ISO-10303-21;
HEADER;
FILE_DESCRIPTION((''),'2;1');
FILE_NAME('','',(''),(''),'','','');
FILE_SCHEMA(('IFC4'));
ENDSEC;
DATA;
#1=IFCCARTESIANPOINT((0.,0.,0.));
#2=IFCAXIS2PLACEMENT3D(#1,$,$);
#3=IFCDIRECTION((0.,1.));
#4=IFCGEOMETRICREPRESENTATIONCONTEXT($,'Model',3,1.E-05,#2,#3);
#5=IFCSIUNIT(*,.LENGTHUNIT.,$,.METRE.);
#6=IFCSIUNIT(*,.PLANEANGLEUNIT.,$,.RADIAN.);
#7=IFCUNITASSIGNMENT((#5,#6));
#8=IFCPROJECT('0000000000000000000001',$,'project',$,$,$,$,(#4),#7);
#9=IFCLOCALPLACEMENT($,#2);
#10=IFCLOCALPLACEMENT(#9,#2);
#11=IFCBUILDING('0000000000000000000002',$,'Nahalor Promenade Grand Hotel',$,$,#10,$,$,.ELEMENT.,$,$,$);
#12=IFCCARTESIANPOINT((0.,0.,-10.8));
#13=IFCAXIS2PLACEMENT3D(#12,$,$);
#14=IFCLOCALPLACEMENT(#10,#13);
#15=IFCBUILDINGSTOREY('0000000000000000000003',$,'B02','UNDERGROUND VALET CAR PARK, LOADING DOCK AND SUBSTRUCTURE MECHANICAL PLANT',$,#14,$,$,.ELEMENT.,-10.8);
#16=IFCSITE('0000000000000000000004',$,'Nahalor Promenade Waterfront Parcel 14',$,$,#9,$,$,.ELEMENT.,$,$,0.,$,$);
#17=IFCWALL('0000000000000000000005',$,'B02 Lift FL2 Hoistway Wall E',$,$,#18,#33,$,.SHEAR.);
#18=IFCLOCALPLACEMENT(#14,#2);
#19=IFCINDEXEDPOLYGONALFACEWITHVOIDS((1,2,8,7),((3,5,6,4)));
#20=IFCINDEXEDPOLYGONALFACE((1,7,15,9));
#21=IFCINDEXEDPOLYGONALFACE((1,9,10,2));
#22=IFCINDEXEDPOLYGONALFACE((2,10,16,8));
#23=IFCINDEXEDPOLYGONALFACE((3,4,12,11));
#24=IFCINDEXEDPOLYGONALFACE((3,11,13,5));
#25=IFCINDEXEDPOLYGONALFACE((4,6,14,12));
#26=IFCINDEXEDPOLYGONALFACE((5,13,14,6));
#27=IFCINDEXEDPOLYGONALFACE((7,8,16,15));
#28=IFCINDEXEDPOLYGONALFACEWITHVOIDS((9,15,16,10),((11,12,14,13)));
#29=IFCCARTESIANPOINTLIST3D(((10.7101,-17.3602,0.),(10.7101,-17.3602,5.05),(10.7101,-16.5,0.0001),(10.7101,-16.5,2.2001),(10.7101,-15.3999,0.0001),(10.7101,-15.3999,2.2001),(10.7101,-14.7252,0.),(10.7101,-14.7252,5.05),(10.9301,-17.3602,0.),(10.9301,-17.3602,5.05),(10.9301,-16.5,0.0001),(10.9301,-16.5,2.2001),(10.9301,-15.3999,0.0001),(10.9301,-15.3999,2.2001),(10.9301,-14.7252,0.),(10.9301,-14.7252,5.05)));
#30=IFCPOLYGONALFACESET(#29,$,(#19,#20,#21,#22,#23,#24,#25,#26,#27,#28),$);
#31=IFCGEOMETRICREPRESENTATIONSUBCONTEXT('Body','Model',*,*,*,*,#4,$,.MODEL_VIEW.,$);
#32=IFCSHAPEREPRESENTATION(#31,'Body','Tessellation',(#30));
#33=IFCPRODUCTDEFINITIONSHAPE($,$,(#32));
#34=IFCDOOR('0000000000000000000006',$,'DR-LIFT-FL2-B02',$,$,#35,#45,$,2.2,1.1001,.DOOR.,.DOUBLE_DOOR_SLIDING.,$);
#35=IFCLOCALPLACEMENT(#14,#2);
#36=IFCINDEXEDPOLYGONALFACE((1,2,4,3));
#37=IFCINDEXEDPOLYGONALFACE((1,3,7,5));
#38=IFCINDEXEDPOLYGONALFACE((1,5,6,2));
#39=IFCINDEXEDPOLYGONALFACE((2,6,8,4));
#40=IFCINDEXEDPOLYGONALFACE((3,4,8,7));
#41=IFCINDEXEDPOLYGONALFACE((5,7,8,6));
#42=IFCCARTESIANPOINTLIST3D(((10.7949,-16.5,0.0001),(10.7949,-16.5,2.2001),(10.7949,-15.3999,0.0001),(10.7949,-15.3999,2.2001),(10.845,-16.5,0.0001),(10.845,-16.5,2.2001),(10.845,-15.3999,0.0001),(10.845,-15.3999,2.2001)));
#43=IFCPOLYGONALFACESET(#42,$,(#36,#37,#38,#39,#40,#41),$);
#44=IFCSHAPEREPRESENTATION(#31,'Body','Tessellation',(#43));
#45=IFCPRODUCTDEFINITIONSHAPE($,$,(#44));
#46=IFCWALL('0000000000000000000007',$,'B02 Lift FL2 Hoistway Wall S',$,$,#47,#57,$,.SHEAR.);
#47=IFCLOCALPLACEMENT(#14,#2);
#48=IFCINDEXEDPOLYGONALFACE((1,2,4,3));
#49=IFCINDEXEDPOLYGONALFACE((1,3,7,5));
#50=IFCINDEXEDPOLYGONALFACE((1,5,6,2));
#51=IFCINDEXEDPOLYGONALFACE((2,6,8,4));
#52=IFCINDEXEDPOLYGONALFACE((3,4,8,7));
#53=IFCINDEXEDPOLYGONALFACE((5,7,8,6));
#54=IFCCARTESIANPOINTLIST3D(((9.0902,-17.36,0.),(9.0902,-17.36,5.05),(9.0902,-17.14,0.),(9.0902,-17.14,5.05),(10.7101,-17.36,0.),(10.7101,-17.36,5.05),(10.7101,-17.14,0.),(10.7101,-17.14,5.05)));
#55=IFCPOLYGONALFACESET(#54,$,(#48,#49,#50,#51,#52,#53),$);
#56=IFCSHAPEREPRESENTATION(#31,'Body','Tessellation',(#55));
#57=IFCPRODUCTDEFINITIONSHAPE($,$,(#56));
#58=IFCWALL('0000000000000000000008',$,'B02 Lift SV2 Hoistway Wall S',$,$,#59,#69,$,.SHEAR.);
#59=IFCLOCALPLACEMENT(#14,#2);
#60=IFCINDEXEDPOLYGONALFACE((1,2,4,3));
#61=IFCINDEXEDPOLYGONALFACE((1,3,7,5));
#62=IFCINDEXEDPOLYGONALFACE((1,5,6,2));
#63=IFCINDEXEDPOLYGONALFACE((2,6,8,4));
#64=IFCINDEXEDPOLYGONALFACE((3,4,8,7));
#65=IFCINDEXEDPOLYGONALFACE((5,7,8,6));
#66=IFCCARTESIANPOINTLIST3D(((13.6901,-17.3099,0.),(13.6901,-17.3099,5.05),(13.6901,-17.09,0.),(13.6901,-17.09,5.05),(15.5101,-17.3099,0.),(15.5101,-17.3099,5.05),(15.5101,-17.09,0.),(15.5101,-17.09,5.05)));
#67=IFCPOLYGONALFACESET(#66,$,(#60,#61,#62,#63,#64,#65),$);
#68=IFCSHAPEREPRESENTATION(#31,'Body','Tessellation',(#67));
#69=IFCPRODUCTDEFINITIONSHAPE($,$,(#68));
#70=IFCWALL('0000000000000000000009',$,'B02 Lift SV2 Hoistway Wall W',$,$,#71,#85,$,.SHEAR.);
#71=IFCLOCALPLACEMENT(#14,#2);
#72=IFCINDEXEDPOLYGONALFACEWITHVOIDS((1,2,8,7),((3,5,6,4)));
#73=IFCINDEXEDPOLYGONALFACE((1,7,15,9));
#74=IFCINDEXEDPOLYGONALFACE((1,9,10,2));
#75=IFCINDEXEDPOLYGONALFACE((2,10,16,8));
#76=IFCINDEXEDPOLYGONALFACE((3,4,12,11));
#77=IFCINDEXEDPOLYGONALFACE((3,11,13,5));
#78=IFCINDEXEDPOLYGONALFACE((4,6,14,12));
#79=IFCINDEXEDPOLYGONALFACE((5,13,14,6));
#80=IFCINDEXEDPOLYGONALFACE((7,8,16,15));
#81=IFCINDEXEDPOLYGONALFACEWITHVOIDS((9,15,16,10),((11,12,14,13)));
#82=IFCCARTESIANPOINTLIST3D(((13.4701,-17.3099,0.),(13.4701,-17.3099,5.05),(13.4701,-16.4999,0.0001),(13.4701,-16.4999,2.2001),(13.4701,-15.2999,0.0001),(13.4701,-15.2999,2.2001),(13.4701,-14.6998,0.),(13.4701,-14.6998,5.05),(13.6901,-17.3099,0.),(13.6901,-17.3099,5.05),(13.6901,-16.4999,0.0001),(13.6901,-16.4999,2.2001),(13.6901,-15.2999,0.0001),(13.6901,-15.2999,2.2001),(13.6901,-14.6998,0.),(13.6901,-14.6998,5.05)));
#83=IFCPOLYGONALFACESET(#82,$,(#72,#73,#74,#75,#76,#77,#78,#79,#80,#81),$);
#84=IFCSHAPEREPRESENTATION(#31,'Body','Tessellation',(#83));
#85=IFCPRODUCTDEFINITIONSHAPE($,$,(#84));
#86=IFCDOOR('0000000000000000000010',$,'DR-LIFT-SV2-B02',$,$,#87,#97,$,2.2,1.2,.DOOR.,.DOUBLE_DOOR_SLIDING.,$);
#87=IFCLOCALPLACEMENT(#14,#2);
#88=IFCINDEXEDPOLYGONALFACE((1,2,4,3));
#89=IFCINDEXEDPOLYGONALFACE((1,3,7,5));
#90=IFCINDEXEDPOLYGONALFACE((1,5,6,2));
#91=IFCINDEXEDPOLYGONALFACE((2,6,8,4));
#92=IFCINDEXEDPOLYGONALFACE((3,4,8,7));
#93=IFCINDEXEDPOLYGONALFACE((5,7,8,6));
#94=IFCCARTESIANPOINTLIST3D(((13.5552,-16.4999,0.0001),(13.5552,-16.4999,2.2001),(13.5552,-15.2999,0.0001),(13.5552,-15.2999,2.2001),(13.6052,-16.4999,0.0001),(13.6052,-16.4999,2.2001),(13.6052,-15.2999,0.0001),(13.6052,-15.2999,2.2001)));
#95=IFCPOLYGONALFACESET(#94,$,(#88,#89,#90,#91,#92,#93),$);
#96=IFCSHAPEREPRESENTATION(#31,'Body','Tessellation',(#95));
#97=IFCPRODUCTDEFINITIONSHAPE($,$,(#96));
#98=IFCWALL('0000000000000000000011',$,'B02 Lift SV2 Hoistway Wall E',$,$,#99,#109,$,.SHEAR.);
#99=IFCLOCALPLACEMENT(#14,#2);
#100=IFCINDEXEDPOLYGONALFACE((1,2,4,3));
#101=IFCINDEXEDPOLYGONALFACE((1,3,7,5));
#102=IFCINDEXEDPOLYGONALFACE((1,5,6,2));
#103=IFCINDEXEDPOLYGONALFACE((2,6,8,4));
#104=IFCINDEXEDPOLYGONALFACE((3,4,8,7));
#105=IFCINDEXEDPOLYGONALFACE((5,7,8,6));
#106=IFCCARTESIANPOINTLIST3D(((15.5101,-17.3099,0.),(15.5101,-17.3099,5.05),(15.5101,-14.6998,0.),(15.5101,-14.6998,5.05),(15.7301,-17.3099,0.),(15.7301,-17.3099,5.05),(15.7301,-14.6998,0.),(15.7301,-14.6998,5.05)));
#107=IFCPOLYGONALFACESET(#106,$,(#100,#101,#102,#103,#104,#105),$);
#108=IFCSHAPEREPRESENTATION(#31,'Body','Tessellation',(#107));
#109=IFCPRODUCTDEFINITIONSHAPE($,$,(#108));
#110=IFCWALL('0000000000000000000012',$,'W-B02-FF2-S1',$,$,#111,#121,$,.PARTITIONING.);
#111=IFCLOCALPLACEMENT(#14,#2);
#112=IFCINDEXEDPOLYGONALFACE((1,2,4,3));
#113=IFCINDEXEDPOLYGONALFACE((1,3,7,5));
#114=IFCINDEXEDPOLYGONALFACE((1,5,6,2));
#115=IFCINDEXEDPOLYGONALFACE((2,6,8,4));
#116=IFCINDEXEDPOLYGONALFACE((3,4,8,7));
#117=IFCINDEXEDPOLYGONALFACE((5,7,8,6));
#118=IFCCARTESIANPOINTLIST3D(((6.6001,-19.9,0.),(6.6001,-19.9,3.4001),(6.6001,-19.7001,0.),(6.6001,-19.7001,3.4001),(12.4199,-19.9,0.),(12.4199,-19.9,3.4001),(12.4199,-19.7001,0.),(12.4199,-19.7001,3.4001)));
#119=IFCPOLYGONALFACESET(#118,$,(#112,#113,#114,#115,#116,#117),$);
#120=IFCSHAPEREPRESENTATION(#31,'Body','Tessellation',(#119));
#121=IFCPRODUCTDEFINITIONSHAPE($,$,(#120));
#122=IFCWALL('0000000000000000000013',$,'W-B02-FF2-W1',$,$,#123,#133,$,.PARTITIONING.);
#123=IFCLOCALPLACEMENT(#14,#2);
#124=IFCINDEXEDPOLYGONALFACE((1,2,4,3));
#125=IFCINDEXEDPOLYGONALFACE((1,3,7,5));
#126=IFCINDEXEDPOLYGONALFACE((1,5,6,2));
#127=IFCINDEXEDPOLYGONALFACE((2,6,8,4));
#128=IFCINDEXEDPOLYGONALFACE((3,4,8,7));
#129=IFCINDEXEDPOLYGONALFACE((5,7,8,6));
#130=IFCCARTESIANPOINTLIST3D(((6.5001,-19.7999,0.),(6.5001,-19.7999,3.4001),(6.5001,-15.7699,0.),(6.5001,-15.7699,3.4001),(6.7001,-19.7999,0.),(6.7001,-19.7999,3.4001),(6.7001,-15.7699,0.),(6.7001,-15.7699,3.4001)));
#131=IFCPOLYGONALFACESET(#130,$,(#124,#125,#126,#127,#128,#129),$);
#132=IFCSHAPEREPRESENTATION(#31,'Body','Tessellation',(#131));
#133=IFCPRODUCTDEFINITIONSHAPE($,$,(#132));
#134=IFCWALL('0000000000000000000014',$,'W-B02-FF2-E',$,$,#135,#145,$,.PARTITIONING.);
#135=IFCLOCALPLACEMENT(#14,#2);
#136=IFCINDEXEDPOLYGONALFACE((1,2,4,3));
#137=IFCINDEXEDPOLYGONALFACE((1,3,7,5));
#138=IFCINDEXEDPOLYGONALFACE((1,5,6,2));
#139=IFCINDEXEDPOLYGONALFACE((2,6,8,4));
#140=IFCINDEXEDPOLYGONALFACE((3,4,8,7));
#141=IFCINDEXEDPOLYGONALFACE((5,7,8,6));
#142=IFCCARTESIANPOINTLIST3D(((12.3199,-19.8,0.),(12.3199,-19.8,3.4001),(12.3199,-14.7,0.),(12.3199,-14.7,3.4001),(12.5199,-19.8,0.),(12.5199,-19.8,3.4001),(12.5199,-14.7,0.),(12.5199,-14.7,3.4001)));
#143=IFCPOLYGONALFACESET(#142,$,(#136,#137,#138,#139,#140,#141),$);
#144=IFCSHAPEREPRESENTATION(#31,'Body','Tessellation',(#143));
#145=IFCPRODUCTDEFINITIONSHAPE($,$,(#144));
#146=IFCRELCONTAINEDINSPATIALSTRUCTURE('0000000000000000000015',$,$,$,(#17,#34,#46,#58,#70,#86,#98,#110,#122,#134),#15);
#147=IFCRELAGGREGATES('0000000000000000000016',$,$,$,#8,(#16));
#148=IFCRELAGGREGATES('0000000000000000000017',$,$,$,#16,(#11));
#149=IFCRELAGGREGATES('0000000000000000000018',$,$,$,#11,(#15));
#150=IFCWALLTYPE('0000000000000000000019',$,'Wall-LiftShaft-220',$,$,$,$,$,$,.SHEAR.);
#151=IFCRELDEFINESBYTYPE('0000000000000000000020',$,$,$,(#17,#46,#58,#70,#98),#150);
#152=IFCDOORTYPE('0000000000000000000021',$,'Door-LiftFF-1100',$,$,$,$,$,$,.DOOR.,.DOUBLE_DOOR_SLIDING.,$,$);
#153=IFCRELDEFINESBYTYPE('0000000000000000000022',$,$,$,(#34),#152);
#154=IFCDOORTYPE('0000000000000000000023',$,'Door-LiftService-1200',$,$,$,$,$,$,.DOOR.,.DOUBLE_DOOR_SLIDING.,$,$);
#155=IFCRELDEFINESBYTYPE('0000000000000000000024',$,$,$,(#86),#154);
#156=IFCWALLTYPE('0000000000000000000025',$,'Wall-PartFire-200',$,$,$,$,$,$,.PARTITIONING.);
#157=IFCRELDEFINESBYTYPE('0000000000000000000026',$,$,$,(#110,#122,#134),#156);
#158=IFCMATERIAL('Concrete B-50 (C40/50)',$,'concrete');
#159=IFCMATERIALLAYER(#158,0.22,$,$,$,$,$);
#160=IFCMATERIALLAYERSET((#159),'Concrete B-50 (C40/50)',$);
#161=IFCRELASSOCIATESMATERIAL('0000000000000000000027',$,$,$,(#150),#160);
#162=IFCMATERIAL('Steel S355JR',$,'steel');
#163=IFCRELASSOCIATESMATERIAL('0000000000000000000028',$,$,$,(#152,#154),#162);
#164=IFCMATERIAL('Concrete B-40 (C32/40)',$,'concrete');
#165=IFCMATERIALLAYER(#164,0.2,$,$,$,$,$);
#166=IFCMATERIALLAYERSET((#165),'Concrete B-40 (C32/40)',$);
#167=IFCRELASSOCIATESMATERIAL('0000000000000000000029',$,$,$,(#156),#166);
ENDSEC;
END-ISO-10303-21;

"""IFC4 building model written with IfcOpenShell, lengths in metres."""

from ifc_helpers import new_model, si_unit, direction, frame, frame_2d, origin, place, context, subcontext, project, spatial, rectangle, extrude, source, transform, mapped, material, layer, layer_set, type_object, element, fill, save


model = new_model("IFC4")

# Units and contexts
model_context = context("Model", 3, precision=1e-05, world=origin(), true_north=direction((0.0, 1.0)))
body_context = subcontext(model_context, "Body", "Model", "MODEL_VIEW")
ifc_project = project(units=[si_unit("LENGTHUNIT", "METRE"), si_unit("PLANEANGLEUNIT", "RADIAN")], contexts=[model_context])

# Site, building, storey
site_placement = place(None, origin())
site = spatial("IfcSite", under=ifc_project, at=site_placement, Name="Nahalor Promenade Waterfront Parcel 14", CompositionType="ELEMENT", RefElevation=0.0)
building_placement = place(site_placement, origin())
building = spatial("IfcBuilding", under=site, at=building_placement, Name="Nahalor Promenade Grand Hotel", CompositionType="ELEMENT")
storey_placement = place(building_placement, frame((0.0, 0.0, -10.8)))
storey = spatial("IfcBuildingStorey", under=building, at=storey_placement, Name="B02", Description="UNDERGROUND VALET CAR PARK, LOADING DOCK AND SUBSTRUCTURE MECHANICAL PLANT", CompositionType="ELEMENT", Elevation=-10.8)

# Shared definitions
ifc_material_1 = material(Name="Concrete B-50 (C40/50)", Category="concrete")

# Shared definitions
ifc_material_2 = material(Name="Steel S355JR", Category="steel")

# Shared definitions
ifc_layer_1 = layer(ifc_material_1, 0.22)
ifc_layer_set_1 = layer_set([ifc_layer_1], Name="Concrete B-50 (C40/50)")
wall_type_1 = type_object("IfcWallType", Name="Wall-LiftShaft-220", PredefinedType="SHEAR", material=ifc_layer_set_1)
shared_shape_1 = source(origin(), body_context, "Body", "SweptSolid", [
    extrude(rectangle(XDim=2.635, YDim=0.22, at=frame_2d((1.3174, 0.0))), origin(), (0.0, 0.0, 1.0), 5.05),
])

# Wall, opening, door
wall_1_placement = place(storey_placement, frame((10.8201, -17.3601, 0.0), z_axis=(0.0, 0.0, 1.0), x_axis=(0.0, 1.0, 0.0)))
wall_1 = element("IfcWall", 1, at=wall_1_placement, inside=storey, type_object=wall_type_1, Name="B02 Lift FL2 Hoistway Wall E", PredefinedType="SHEAR", context=body_context, shape_type="MappedRepresentation", body=[
    mapped(shared_shape_1, transform((0.0, 0.0, 0.0), scale=1.0)),
])
opening_1_placement = place(wall_1_placement, frame((0.8601, 0.0, 0.0)))
opening_1 = element("IfcOpeningElement", 2, at=opening_1_placement, cuts=wall_1, PredefinedType="OPENING", context=body_context, shape_type="SweptSolid", body=[
    extrude(rectangle(XDim=1.1001, YDim=2.2, at=frame_2d((0.55, 1.1001))), frame((0.0, 0.1199, 0.0), z_axis=(0.0, -1.0, 0.0), x_axis=(1.0, 0.0, 0.0)), (0.0, 0.0, 1.0), 0.24),
])
door_type_1 = type_object("IfcDoorType", Name="Door-LiftFF-1100", OperationType="DOUBLE_DOOR_SLIDING", PredefinedType="DOOR", material=ifc_material_2)
shared_shape_2 = source(origin(), body_context, "Body", "SweptSolid", [
    extrude(rectangle(XDim=1.1001, YDim=2.2, at=frame_2d((0.55, 1.1001))), frame((0.0, 0.0249, 0.0), z_axis=(0.0, -1.0, 0.0), x_axis=(1.0, 0.0, 0.0)), (0.0, 0.0, 1.0), 0.05),
])
door_1_placement = place(opening_1_placement, frame((1.1001, 0.0, 0.0), z_axis=(0.0, 0.0, 1.0), x_axis=(-1.0, 0.0, 0.0)))
door_1 = element("IfcDoor", 3, at=door_1_placement, inside=storey, type_object=door_type_1, Name="DR-LIFT-FL2-B02", OperationType="DOUBLE_DOOR_SLIDING", OverallHeight=2.2, OverallWidth=1.1001, PredefinedType="DOOR", context=body_context, shape_type="MappedRepresentation", body=[
    mapped(shared_shape_2, transform((0.0, 0.0, 0.0), scale=1.0)),
])
fill(opening_1, door_1)

# Walls
shared_shape_3 = source(origin(), body_context, "Body", "SweptSolid", [
    extrude(rectangle(XDim=1.6199, YDim=0.22, at=frame_2d((0.8101, 0.0))), origin(), (0.0, 0.0, 1.0), 5.05),
])
wall_2_placement = place(storey_placement, frame((9.0901, -17.25, 0.0), z_axis=(0.0, 0.0, 1.0), x_axis=(1.0, 0.0, 0.0)))
element("IfcWall", 4, at=wall_2_placement, inside=storey, type_object=wall_type_1, Name="B02 Lift FL2 Hoistway Wall S", PredefinedType="SHEAR", context=body_context, shape_type="MappedRepresentation", body=[
    mapped(shared_shape_3, transform((0.0, 0.0, 0.0), scale=1.0)),
])
shared_shape_4 = source(origin(), body_context, "Body", "SweptSolid", [
    extrude(rectangle(XDim=1.8201, YDim=0.22, at=frame_2d((0.9102, 0.0))), origin(), (0.0, 0.0, 1.0), 5.05),
])
wall_3_placement = place(storey_placement, frame((13.6899, -17.2, 0.0), z_axis=(0.0, 0.0, 1.0), x_axis=(1.0, 0.0, 0.0)))
element("IfcWall", 5, at=wall_3_placement, inside=storey, type_object=wall_type_1, Name="B02 Lift SV2 Hoistway Wall S", PredefinedType="SHEAR", context=body_context, shape_type="MappedRepresentation", body=[
    mapped(shared_shape_4, transform((0.0, 0.0, 0.0), scale=1.0)),
])

# Wall, opening, door
shared_shape_5 = source(origin(), body_context, "Body", "SweptSolid", [
    extrude(rectangle(XDim=2.6101, YDim=0.22, at=frame_2d((1.3052, 0.0))), origin(), (0.0, 0.0, 1.0), 5.05),
])
wall_4_placement = place(storey_placement, frame((13.5801, -17.3101, 0.0), z_axis=(0.0, 0.0, 1.0), x_axis=(0.0, 1.0, 0.0)))
wall_4 = element("IfcWall", 6, at=wall_4_placement, inside=storey, type_object=wall_type_1, Name="B02 Lift SV2 Hoistway Wall W", PredefinedType="SHEAR", context=body_context, shape_type="MappedRepresentation", body=[
    mapped(shared_shape_5, transform((0.0, 0.0, 0.0), scale=1.0)),
])
opening_2_placement = place(wall_4_placement, frame((0.8101, 0.0, 0.0)))
opening_2 = element("IfcOpeningElement", 7, at=opening_2_placement, cuts=wall_4, PredefinedType="OPENING", context=body_context, shape_type="SweptSolid", body=[
    extrude(rectangle(XDim=1.2, YDim=2.2, at=frame_2d((0.6001, 1.1001))), frame((0.0, 0.1199, 0.0), z_axis=(0.0, -1.0, 0.0), x_axis=(1.0, 0.0, 0.0)), (0.0, 0.0, 1.0), 0.24),
])
door_type_2 = type_object("IfcDoorType", Name="Door-LiftService-1200", OperationType="DOUBLE_DOOR_SLIDING", PredefinedType="DOOR", material=ifc_material_2)
shared_shape_6 = source(origin(), body_context, "Body", "SweptSolid", [
    extrude(rectangle(XDim=1.2, YDim=2.2, at=frame_2d((0.6001, 1.1001))), frame((0.0, 0.0249, 0.0), z_axis=(0.0, -1.0, 0.0), x_axis=(1.0, 0.0, 0.0)), (0.0, 0.0, 1.0), 0.05),
])
door_2_placement = place(opening_2_placement, origin())
door_2 = element("IfcDoor", 8, at=door_2_placement, inside=storey, type_object=door_type_2, Name="DR-LIFT-SV2-B02", OperationType="DOUBLE_DOOR_SLIDING", OverallHeight=2.2, OverallWidth=1.2, PredefinedType="DOOR", context=body_context, shape_type="MappedRepresentation", body=[
    mapped(shared_shape_6, transform((0.0, 0.0, 0.0), scale=1.0)),
])
fill(opening_2, door_2)

# Walls
wall_5_placement = place(storey_placement, frame((15.6201, -17.3101, 0.0), z_axis=(0.0, 0.0, 1.0), x_axis=(0.0, 1.0, 0.0)))
element("IfcWall", 9, at=wall_5_placement, inside=storey, type_object=wall_type_1, Name="B02 Lift SV2 Hoistway Wall E", PredefinedType="SHEAR", context=body_context, shape_type="MappedRepresentation", body=[
    mapped(shared_shape_5, transform((0.0, 0.0, 0.0), scale=1.0)),
])
ifc_material_3 = material(Name="Concrete B-40 (C32/40)", Category="concrete")
ifc_layer_2 = layer(ifc_material_3, 0.2)
ifc_layer_set_2 = layer_set([ifc_layer_2], Name="Concrete B-40 (C32/40)")
wall_type_2 = type_object("IfcWallType", Name="Wall-PartFire-200", PredefinedType="PARTITIONING", material=ifc_layer_set_2)
shared_shape_7 = source(origin(), body_context, "Body", "SweptSolid", [
    extrude(rectangle(XDim=5.8198, YDim=0.2, at=frame_2d((2.9099, 0.0))), origin(), (0.0, 0.0, 1.0), 3.4001),
])
wall_6_placement = place(storey_placement, frame((6.6001, -19.8, 0.0), z_axis=(0.0, 0.0, 1.0), x_axis=(1.0, 0.0, 0.0)))
element("IfcWall", 10, at=wall_6_placement, inside=storey, type_object=wall_type_2, Name="W-B02-FF2-S1", PredefinedType="PARTITIONING", context=body_context, shape_type="MappedRepresentation", body=[
    mapped(shared_shape_7, transform((0.0, 0.0, 0.0), scale=1.0)),
])
shared_shape_8 = source(origin(), body_context, "Body", "SweptSolid", [
    extrude(rectangle(XDim=4.03, YDim=0.2, at=frame_2d((2.0151, 0.0))), origin(), (0.0, 0.0, 1.0), 3.4001),
])
wall_7_placement = place(storey_placement, frame((6.6001, -19.8, 0.0), z_axis=(0.0, 0.0, 1.0), x_axis=(0.0, 1.0, 0.0)))
element("IfcWall", 11, at=wall_7_placement, inside=storey, type_object=wall_type_2, Name="W-B02-FF2-W1", PredefinedType="PARTITIONING", context=body_context, shape_type="MappedRepresentation", body=[
    mapped(shared_shape_8, transform((0.0, 0.0, 0.0), scale=1.0)),
])
shared_shape_9 = source(origin(), body_context, "Body", "SweptSolid", [
    extrude(rectangle(XDim=5.1001, YDim=0.2, at=frame_2d((2.55, 0.0))), origin(), (0.0, 0.0, 1.0), 3.4001),
])
wall_8_placement = place(storey_placement, frame((12.4199, -19.8, 0.0), z_axis=(0.0, 0.0, 1.0), x_axis=(0.0, 1.0, 0.0)))
element("IfcWall", 12, at=wall_8_placement, inside=storey, type_object=wall_type_2, Name="W-B02-FF2-E", PredefinedType="PARTITIONING", context=body_context, shape_type="MappedRepresentation", body=[
    mapped(shared_shape_9, transform((0.0, 0.0, 0.0), scale=1.0)),
])

save(model, "model.ifc")
